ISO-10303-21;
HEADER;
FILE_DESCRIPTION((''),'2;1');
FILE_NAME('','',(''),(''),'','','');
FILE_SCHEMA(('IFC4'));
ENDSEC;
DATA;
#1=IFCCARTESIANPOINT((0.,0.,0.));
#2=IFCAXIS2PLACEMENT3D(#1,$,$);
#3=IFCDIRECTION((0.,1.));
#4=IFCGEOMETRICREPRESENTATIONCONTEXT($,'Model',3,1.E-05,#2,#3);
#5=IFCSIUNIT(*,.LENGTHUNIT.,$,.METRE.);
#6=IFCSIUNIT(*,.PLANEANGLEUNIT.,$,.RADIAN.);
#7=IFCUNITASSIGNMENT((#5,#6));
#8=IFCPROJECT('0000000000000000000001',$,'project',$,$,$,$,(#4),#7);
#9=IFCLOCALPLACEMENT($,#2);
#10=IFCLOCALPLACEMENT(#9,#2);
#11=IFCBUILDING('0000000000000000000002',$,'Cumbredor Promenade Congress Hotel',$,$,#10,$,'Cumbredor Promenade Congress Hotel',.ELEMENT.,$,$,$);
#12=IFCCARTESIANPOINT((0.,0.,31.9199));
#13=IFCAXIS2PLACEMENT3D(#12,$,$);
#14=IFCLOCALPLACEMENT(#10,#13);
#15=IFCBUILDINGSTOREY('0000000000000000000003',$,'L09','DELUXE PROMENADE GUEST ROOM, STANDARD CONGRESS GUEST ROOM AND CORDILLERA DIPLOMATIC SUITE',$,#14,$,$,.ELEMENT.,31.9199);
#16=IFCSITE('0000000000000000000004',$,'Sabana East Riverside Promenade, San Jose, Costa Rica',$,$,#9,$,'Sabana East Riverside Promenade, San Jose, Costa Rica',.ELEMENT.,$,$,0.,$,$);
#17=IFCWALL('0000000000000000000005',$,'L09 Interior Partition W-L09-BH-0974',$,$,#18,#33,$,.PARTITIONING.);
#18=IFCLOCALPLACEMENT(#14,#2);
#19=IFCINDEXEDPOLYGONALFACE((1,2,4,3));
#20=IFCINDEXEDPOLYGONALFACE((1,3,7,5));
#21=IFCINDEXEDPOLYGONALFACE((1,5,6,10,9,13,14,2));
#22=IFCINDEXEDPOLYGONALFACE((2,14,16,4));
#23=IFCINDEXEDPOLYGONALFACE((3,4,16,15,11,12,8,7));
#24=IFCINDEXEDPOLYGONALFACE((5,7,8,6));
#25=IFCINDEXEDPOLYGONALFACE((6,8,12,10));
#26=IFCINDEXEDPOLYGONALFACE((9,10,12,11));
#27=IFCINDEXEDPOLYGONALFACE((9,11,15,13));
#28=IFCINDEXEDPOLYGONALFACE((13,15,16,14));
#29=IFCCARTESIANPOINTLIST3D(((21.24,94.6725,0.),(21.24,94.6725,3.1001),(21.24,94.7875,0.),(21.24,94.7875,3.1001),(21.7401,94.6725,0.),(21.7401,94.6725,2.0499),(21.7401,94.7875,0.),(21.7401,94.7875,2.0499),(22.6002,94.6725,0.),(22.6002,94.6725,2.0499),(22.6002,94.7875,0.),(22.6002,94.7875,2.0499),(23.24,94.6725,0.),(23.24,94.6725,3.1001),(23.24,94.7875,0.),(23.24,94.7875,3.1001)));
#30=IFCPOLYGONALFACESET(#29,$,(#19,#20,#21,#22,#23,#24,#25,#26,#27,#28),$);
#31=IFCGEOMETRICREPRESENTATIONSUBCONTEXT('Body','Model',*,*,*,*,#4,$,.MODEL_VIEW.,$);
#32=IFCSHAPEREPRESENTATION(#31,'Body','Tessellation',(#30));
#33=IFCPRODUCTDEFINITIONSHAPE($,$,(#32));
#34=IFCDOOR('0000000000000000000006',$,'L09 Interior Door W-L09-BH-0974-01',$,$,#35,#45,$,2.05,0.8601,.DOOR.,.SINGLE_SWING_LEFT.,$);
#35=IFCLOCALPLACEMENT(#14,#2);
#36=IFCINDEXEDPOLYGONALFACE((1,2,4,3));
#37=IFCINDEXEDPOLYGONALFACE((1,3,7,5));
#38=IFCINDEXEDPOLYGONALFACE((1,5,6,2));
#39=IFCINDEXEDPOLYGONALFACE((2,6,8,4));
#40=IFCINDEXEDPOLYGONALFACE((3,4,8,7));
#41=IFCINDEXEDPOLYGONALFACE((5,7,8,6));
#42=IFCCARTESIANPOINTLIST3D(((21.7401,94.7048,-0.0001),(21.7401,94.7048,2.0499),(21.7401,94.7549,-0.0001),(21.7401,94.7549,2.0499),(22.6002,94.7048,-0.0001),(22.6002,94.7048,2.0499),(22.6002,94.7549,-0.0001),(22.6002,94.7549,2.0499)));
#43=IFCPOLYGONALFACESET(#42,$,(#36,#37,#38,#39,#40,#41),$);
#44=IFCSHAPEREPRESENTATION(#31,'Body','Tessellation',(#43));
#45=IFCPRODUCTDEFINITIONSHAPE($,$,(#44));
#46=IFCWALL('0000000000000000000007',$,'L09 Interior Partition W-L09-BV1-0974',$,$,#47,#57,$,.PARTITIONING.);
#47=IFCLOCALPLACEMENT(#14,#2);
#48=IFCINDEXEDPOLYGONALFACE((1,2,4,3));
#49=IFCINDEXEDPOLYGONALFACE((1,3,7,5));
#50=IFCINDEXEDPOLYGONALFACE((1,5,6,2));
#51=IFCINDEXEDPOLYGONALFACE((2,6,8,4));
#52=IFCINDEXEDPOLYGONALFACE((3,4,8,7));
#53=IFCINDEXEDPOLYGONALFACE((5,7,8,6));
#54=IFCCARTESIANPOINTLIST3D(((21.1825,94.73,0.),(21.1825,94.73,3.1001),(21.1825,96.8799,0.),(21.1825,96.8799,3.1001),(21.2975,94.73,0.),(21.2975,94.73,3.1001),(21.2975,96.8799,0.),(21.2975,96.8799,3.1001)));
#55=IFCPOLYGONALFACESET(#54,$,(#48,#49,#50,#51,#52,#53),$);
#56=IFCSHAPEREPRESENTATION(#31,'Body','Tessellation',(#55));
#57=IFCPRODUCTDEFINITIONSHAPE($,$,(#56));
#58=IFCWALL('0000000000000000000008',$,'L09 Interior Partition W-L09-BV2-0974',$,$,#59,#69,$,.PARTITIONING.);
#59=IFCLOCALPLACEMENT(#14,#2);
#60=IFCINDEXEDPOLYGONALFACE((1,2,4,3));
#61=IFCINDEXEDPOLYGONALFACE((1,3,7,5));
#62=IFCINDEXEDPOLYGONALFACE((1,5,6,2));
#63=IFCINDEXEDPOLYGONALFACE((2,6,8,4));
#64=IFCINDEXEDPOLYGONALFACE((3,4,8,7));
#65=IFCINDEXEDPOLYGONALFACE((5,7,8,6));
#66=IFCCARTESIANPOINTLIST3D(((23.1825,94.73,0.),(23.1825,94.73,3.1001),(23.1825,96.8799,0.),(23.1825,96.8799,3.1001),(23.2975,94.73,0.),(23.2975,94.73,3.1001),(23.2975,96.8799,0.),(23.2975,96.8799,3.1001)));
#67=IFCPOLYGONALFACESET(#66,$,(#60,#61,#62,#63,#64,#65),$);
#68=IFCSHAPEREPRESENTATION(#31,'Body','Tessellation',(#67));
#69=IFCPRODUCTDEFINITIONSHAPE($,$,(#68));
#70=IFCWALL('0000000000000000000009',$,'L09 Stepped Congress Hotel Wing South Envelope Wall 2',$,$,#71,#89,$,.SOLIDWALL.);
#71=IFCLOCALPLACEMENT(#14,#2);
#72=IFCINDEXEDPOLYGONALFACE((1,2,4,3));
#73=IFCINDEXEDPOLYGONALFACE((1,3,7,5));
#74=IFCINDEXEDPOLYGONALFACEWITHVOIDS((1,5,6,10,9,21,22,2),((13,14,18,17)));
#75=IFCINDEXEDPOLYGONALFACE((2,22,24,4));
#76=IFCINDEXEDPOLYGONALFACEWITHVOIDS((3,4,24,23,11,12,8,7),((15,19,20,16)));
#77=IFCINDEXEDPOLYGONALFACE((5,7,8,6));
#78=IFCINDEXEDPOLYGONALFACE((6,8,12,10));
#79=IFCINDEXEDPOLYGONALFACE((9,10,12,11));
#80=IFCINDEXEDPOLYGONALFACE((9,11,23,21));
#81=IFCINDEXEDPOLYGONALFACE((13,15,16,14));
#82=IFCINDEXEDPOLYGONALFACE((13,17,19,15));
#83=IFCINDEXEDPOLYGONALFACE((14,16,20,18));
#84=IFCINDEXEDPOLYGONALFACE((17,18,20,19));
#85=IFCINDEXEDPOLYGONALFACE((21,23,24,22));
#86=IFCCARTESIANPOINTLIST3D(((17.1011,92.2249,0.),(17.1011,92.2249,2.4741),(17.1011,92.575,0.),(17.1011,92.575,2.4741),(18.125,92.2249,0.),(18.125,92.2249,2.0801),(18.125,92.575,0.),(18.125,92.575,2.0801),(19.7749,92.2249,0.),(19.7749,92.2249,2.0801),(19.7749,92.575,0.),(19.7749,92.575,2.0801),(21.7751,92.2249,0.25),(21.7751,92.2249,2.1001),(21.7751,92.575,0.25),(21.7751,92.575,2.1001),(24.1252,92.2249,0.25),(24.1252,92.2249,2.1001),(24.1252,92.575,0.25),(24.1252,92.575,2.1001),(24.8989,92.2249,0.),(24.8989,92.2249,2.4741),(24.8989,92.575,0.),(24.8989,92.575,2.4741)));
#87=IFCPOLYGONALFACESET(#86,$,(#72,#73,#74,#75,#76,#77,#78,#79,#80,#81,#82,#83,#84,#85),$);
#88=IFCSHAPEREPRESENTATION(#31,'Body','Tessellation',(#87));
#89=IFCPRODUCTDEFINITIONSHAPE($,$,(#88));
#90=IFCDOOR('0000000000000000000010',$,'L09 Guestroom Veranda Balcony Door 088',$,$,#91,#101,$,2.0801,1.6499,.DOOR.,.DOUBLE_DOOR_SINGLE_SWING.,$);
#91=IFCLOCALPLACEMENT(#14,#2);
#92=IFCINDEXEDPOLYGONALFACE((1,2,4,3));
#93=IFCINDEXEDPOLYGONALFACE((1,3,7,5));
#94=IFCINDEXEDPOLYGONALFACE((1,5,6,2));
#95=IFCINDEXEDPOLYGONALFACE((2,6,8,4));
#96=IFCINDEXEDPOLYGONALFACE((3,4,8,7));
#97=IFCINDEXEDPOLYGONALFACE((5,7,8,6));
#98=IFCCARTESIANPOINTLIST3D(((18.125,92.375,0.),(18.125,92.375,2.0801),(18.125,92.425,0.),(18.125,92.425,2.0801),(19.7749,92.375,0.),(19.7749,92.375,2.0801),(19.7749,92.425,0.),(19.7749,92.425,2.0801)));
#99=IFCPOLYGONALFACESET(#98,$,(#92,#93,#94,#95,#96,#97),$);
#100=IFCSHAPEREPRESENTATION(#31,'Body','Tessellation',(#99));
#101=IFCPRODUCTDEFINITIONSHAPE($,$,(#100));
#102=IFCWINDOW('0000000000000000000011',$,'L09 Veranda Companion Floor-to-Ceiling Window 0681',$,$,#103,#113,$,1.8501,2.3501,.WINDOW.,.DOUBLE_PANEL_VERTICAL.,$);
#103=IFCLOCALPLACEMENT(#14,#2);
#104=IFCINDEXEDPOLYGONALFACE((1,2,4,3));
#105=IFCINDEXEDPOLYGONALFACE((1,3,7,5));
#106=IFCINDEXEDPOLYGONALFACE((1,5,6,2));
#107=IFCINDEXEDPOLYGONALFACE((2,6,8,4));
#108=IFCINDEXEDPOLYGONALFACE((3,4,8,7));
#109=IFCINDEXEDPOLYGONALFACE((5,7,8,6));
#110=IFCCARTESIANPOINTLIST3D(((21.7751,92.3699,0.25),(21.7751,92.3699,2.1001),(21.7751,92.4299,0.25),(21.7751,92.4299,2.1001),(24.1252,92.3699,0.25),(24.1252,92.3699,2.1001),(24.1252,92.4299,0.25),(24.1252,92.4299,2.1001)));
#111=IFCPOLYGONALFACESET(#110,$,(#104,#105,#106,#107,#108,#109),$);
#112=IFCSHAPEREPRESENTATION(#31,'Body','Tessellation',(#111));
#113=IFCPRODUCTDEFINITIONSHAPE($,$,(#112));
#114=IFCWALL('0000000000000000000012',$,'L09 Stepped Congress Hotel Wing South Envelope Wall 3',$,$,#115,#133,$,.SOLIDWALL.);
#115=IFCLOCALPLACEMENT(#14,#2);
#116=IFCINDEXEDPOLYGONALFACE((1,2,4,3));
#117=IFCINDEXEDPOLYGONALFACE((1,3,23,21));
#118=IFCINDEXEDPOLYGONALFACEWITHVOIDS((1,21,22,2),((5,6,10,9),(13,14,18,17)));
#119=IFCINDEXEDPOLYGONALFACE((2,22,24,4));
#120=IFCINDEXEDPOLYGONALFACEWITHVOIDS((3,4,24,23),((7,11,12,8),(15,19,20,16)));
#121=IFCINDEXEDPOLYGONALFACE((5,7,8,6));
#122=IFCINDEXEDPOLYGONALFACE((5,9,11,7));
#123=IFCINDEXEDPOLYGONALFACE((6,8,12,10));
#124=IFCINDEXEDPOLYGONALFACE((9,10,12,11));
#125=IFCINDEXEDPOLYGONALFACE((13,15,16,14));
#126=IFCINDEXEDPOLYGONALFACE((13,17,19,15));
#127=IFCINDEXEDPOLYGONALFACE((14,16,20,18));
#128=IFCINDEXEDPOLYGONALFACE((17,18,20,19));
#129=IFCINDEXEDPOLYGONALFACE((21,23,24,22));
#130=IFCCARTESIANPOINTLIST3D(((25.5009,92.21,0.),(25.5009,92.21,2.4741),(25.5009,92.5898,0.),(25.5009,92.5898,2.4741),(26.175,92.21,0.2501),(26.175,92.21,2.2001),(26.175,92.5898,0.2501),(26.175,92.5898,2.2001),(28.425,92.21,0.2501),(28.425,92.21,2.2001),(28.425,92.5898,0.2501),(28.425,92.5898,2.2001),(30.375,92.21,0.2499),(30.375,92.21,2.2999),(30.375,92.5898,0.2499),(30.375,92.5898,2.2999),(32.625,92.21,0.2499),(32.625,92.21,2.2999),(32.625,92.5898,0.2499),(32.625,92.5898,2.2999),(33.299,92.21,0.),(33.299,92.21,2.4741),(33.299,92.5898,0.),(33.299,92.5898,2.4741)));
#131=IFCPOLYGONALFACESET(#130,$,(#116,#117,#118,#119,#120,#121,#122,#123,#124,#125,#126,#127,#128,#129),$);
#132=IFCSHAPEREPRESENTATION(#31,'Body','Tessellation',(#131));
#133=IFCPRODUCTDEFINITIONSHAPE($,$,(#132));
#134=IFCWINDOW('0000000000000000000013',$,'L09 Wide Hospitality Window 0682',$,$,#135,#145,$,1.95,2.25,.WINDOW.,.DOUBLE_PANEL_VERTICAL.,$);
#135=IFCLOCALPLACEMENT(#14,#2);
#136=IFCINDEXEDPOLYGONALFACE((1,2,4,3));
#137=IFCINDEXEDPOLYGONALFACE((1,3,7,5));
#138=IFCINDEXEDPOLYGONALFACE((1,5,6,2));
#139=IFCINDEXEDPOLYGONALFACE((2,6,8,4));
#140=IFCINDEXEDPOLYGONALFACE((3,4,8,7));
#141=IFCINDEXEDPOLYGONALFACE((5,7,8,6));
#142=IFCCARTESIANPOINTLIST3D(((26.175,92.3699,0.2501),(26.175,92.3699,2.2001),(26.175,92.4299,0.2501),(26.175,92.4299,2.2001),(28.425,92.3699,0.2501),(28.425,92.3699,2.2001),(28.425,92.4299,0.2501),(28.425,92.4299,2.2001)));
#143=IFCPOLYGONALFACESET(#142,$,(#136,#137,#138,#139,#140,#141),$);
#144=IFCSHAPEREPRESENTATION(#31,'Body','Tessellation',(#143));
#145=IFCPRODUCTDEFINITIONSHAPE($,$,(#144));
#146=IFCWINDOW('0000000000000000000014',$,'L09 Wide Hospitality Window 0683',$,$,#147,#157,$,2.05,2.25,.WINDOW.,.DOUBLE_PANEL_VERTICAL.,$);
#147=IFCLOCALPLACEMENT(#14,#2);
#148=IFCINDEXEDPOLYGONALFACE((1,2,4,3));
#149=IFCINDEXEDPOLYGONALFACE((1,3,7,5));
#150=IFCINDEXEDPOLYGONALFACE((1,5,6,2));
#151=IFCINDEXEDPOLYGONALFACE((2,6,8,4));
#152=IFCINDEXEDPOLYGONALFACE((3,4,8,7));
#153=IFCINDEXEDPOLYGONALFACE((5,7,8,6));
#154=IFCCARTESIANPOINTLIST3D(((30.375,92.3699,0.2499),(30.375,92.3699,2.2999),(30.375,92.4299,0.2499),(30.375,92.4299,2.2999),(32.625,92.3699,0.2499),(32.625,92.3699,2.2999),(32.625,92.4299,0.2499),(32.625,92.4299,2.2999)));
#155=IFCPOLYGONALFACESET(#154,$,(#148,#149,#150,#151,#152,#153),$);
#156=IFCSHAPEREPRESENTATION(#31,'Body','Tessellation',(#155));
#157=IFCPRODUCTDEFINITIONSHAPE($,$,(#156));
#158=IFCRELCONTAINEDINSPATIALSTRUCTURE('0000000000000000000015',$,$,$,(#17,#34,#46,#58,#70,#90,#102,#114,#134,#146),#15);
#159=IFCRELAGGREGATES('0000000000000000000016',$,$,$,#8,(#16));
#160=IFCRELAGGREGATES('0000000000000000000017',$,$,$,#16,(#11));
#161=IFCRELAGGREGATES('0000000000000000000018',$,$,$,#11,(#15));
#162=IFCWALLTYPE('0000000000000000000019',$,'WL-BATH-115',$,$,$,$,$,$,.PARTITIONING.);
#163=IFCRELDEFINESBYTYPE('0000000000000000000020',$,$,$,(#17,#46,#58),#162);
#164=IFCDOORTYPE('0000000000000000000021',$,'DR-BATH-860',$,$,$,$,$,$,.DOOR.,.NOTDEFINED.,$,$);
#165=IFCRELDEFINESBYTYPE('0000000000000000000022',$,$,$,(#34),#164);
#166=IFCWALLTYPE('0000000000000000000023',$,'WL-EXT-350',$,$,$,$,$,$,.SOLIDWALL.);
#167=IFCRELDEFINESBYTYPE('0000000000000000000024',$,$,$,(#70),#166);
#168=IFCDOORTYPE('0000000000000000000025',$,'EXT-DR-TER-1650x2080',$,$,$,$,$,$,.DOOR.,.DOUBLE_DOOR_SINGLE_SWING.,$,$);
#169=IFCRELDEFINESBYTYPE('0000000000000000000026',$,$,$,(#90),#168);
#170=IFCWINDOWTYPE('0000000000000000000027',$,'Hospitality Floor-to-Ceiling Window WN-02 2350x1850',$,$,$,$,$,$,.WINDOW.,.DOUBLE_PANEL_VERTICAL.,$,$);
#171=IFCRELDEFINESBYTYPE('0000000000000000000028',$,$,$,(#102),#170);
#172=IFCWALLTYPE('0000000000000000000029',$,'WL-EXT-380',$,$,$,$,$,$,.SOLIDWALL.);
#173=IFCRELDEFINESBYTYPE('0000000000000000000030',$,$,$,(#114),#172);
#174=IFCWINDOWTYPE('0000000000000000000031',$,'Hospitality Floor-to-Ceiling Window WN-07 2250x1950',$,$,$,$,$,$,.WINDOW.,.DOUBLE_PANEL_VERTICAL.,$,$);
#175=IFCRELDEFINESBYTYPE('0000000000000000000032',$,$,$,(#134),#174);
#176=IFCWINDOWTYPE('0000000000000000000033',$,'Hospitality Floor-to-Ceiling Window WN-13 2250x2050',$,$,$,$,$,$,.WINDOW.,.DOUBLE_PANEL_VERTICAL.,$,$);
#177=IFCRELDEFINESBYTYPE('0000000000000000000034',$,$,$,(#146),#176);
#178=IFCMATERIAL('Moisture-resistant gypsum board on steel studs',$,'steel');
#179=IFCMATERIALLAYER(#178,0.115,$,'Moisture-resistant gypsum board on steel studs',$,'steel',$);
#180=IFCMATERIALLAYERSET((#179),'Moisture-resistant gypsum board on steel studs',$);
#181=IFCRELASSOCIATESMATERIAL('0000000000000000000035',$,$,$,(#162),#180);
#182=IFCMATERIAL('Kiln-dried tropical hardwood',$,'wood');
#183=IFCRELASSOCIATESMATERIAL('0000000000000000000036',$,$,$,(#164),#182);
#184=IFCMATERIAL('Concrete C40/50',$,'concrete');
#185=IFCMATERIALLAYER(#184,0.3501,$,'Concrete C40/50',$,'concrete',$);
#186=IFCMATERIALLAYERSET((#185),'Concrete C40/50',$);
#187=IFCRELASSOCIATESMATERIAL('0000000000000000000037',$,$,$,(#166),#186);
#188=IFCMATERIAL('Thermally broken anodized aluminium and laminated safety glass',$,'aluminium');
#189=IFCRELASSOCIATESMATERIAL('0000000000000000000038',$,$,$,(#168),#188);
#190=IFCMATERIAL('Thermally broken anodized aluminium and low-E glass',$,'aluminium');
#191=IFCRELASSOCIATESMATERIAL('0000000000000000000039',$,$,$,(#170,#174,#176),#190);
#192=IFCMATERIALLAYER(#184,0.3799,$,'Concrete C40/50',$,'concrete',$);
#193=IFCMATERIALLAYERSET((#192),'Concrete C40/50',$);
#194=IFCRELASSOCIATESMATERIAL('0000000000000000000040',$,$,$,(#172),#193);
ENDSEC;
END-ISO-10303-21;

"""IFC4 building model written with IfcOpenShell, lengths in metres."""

from ifc_helpers import new_model, si_unit, direction, frame, frame_2d, origin, place, context, subcontext, project, spatial, rectangle, extrude, material, layer, layer_set, type_object, element, fill, save


model = new_model("IFC4")

# Units and contexts
model_context = context("Model", 3, precision=1e-05, world=origin(), true_north=direction((0.0, 1.0)))
body_context = subcontext(model_context, "Body", "Model", "MODEL_VIEW")
ifc_project = project(units=[si_unit("LENGTHUNIT", "METRE"), si_unit("PLANEANGLEUNIT", "RADIAN")], contexts=[model_context])

# Site, building, storey
site_placement = place(None, origin())
site = spatial("IfcSite", under=ifc_project, at=site_placement, Name="Sabana East Riverside Promenade, San Jose, Costa Rica", LongName="Sabana East Riverside Promenade, San Jose, Costa Rica", CompositionType="ELEMENT", RefElevation=0.0)
building_placement = place(site_placement, origin())
building = spatial("IfcBuilding", under=site, at=building_placement, Name="Cumbredor Promenade Congress Hotel", LongName="Cumbredor Promenade Congress Hotel", CompositionType="ELEMENT")
storey_placement = place(building_placement, frame((0.0, 0.0, 31.9199)))
storey = spatial("IfcBuildingStorey", under=building, at=storey_placement, Name="L09", Description="DELUXE PROMENADE GUEST ROOM, STANDARD CONGRESS GUEST ROOM AND CORDILLERA DIPLOMATIC SUITE", CompositionType="ELEMENT", Elevation=31.9199)

# Shared definitions
ifc_material_1 = material(Name="Concrete C40/50", Category="concrete")

# Shared definitions
ifc_material_2 = material(Name="Moisture-resistant gypsum board on steel studs", Category="steel")
ifc_layer_1 = layer(ifc_material_2, 0.115, Name="Moisture-resistant gypsum board on steel studs", Category="steel")
ifc_layer_set_1 = layer_set([ifc_layer_1], Name="Moisture-resistant gypsum board on steel studs")
wall_type_1 = type_object("IfcWallType", Name="WL-BATH-115", PredefinedType="PARTITIONING", material=ifc_layer_set_1)
ifc_material_3 = material(Name="Kiln-dried tropical hardwood", Category="wood")
door_type_1 = type_object("IfcDoorType", Name="DR-BATH-860", OperationType="NOTDEFINED", PredefinedType="DOOR", material=ifc_material_3)

# Wall, opening, door
wall_1_placement = place(storey_placement, frame((21.24, 94.73, 0.0), z_axis=(0.0, 0.0, 1.0), x_axis=(1.0, 0.0, 0.0)))
wall_1 = element("IfcWall", 1, at=wall_1_placement, inside=storey, type_object=wall_type_1, Name="L09 Interior Partition W-L09-BH-0974", PredefinedType="PARTITIONING", context=body_context, shape_type="SweptSolid", body=[
    extrude(rectangle(XDim=2.0, YDim=0.115, at=frame_2d((1.0, 0.0))), origin(), (0.0, 0.0, 1.0), 3.1001),
])
opening_1_placement = place(wall_1_placement, frame((0.5, 0.0, 0.0)))
opening_1 = element("IfcOpeningElement", 2, at=opening_1_placement, cuts=wall_1, PredefinedType="OPENING", context=body_context, shape_type="SweptSolid", body=[
    extrude(rectangle(XDim=0.8601, YDim=2.05, at=frame_2d((0.4302, 1.0249))), frame((0.0, 0.0674, 0.0), z_axis=(0.0, -1.0, 0.0), x_axis=(1.0, 0.0, 0.0)), (0.0, 0.0, 1.0), 0.135),
])
door_1_placement = place(opening_1_placement, origin())
door_1 = element("IfcDoor", 3, at=door_1_placement, inside=storey, type_object=door_type_1, Name="L09 Interior Door W-L09-BH-0974-01", OperationType="SINGLE_SWING_LEFT", OverallHeight=2.05, OverallWidth=0.8601, PredefinedType="DOOR", context=body_context, shape_type="SweptSolid", body=[
    extrude(rectangle(XDim=0.8601, YDim=2.05, at=frame_2d((0.4302, 1.0249))), frame((0.0, 0.0249, 0.0), z_axis=(0.0, -1.0, 0.0), x_axis=(1.0, 0.0, 0.0)), (0.0, 0.0, 1.0), 0.05),
])
fill(opening_1, door_1)

# Walls
for number, where, z_axis, x_axis, name in (
    (4, (21.24, 94.73, 0.0), (0.0, 0.0, 1.0), (0.0, 1.0, 0.0), "L09 Interior Partition W-L09-BV1-0974"),
    (5, (23.24, 94.73, 0.0), (0.0, 0.0, 1.0), (0.0, 1.0, 0.0), "L09 Interior Partition W-L09-BV2-0974"),
):
    element("IfcWall", number, at=place(storey_placement, frame(where, z_axis=z_axis, x_axis=x_axis)), inside=storey, type_object=wall_type_1, Name=name, PredefinedType="PARTITIONING", context=body_context, shape_type="SweptSolid", body=[
        extrude(rectangle(XDim=2.1499, YDim=0.115, at=frame_2d((1.075, 0.0))), origin(), (0.0, 0.0, 1.0), 3.1001),
    ])

# Wall, openings, door, window
ifc_layer_2 = layer(ifc_material_1, 0.3501, Name="Concrete C40/50", Category="concrete")
ifc_layer_set_2 = layer_set([ifc_layer_2], Name="Concrete C40/50")
wall_type_2 = type_object("IfcWallType", Name="WL-EXT-350", PredefinedType="SOLIDWALL", material=ifc_layer_set_2)
wall_2_placement = place(storey_placement, frame((17.1011, 92.3999, 0.0), z_axis=(0.0, 0.0, 1.0), x_axis=(1.0, 0.0, 0.0)))
wall_2 = element("IfcWall", 6, at=wall_2_placement, inside=storey, type_object=wall_type_2, Name="L09 Stepped Congress Hotel Wing South Envelope Wall 2", PredefinedType="SOLIDWALL", context=body_context, shape_type="SweptSolid", body=[
    extrude(rectangle(XDim=7.7979, YDim=0.3501, at=frame_2d((3.8989, 0.0))), origin(), (0.0, 0.0, 1.0), 2.4741),
])
opening_2_placement = place(wall_2_placement, frame((1.0239, 0.0, 0.0)))
opening_2 = element("IfcOpeningElement", 7, at=opening_2_placement, cuts=wall_2, PredefinedType="OPENING", context=body_context, shape_type="SweptSolid", body=[
    extrude(rectangle(XDim=1.6499, YDim=2.0801, at=frame_2d((0.825, 1.04))), frame((0.0, 0.1851, 0.0), z_axis=(0.0, -1.0, 0.0), x_axis=(1.0, 0.0, 0.0)), (0.0, 0.0, 1.0), 0.3701),
])
opening_3_placement = place(wall_2_placement, frame((4.6741, 0.0, 0.25)))
opening_3 = element("IfcOpeningElement", 8, at=opening_3_placement, cuts=wall_2, PredefinedType="OPENING", context=body_context, shape_type="SweptSolid", body=[
    extrude(rectangle(XDim=2.3501, YDim=1.8501, at=frame_2d((1.175, 0.925))), frame((0.0, 0.1851, 0.0), z_axis=(0.0, -1.0, 0.0), x_axis=(1.0, 0.0, 0.0)), (0.0, 0.0, 1.0), 0.3701),
])
ifc_material_4 = material(Name="Thermally broken anodized aluminium and laminated safety glass", Category="aluminium")
door_type_2 = type_object("IfcDoorType", Name="EXT-DR-TER-1650x2080", OperationType="DOUBLE_DOOR_SINGLE_SWING", PredefinedType="DOOR", material=ifc_material_4)
door_2_placement = place(opening_2_placement, frame((1.6499, 0.0, 0.0), z_axis=(0.0, 0.0, 1.0), x_axis=(-1.0, 0.0, 0.0)))
door_2 = element("IfcDoor", 9, at=door_2_placement, inside=storey, type_object=door_type_2, Name="L09 Guestroom Veranda Balcony Door 088", OperationType="DOUBLE_DOOR_SINGLE_SWING", OverallHeight=2.0801, OverallWidth=1.6499, PredefinedType="DOOR", context=body_context, shape_type="SweptSolid", body=[
    extrude(rectangle(XDim=1.6499, YDim=2.0801, at=frame_2d((0.825, 1.04))), frame((0.0, 0.0249, 0.0), z_axis=(0.0, -1.0, 0.0), x_axis=(1.0, 0.0, 0.0)), (0.0, 0.0, 1.0), 0.05),
])
fill(opening_2, door_2)
ifc_material_5 = material(Name="Thermally broken anodized aluminium and low-E glass", Category="aluminium")
window_type_1 = type_object("IfcWindowType", Name="Hospitality Floor-to-Ceiling Window WN-02 2350x1850", PartitioningType="DOUBLE_PANEL_VERTICAL", PredefinedType="WINDOW", material=ifc_material_5)
window_1_placement = place(opening_3_placement, origin())
window_1 = element("IfcWindow", 10, at=window_1_placement, inside=storey, type_object=window_type_1, Name="L09 Veranda Companion Floor-to-Ceiling Window 0681", OverallHeight=1.8501, OverallWidth=2.3501, PartitioningType="DOUBLE_PANEL_VERTICAL", PredefinedType="WINDOW", context=body_context, shape_type="SweptSolid", body=[
    extrude(rectangle(XDim=2.3501, YDim=1.8501, at=frame_2d((1.175, 0.925))), frame((0.0, 0.03, 0.0), z_axis=(0.0, -1.0, 0.0), x_axis=(1.0, 0.0, 0.0)), (0.0, 0.0, 1.0), 0.0601),
])
fill(opening_3, window_1)

# Wall, openings, windows
ifc_layer_3 = layer(ifc_material_1, 0.3799, Name="Concrete C40/50", Category="concrete")
ifc_layer_set_3 = layer_set([ifc_layer_3], Name="Concrete C40/50")
wall_type_3 = type_object("IfcWallType", Name="WL-EXT-380", PredefinedType="SOLIDWALL", material=ifc_layer_set_3)
wall_3_placement = place(storey_placement, frame((25.501, 92.3999, 0.0), z_axis=(0.0, 0.0, 1.0), x_axis=(1.0, 0.0, 0.0)))
wall_3 = element("IfcWall", 11, at=wall_3_placement, inside=storey, type_object=wall_type_3, Name="L09 Stepped Congress Hotel Wing South Envelope Wall 3", PredefinedType="SOLIDWALL", context=body_context, shape_type="SweptSolid", body=[
    extrude(rectangle(XDim=7.7981, YDim=0.3799, at=frame_2d((3.8989, 0.0))), origin(), (0.0, 0.0, 1.0), 2.4741),
])
opening_4_placement = place(wall_3_placement, frame((0.6741, 0.0, 0.25)))
opening_4 = element("IfcOpeningElement", 12, at=opening_4_placement, cuts=wall_3, PredefinedType="OPENING", context=body_context, shape_type="SweptSolid", body=[
    extrude(rectangle(XDim=2.25, YDim=1.95, at=frame_2d((1.125, 0.9751))), frame((0.0, 0.2, 0.0), z_axis=(0.0, -1.0, 0.0), x_axis=(1.0, 0.0, 0.0)), (0.0, 0.0, 1.0), 0.3999),
])
opening_5_placement = place(wall_3_placement, frame((4.874, 0.0, 0.25)))
opening_5 = element("IfcOpeningElement", 13, at=opening_5_placement, cuts=wall_3, PredefinedType="OPENING", context=body_context, shape_type="SweptSolid", body=[
    extrude(rectangle(XDim=2.25, YDim=2.05, at=frame_2d((1.125, 1.0249))), frame((0.0, 0.2, 0.0), z_axis=(0.0, -1.0, 0.0), x_axis=(1.0, 0.0, 0.0)), (0.0, 0.0, 1.0), 0.3999),
])
window_type_2 = type_object("IfcWindowType", Name="Hospitality Floor-to-Ceiling Window WN-07 2250x1950", PartitioningType="DOUBLE_PANEL_VERTICAL", PredefinedType="WINDOW", material=ifc_material_5)
window_2_placement = place(opening_4_placement, origin())
window_2 = element("IfcWindow", 14, at=window_2_placement, inside=storey, type_object=window_type_2, Name="L09 Wide Hospitality Window 0682", OverallHeight=1.95, OverallWidth=2.25, PartitioningType="DOUBLE_PANEL_VERTICAL", PredefinedType="WINDOW", context=body_context, shape_type="SweptSolid", body=[
    extrude(rectangle(XDim=2.25, YDim=1.95, at=frame_2d((1.125, 0.9751))), frame((0.0, 0.03, 0.0), z_axis=(0.0, -1.0, 0.0), x_axis=(1.0, 0.0, 0.0)), (0.0, 0.0, 1.0), 0.0601),
])
fill(opening_4, window_2)
window_type_3 = type_object("IfcWindowType", Name="Hospitality Floor-to-Ceiling Window WN-13 2250x2050", PartitioningType="DOUBLE_PANEL_VERTICAL", PredefinedType="WINDOW", material=ifc_material_5)
window_3_placement = place(opening_5_placement, origin())
window_3 = element("IfcWindow", 15, at=window_3_placement, inside=storey, type_object=window_type_3, Name="L09 Wide Hospitality Window 0683", OverallHeight=2.05, OverallWidth=2.25, PartitioningType="DOUBLE_PANEL_VERTICAL", PredefinedType="WINDOW", context=body_context, shape_type="SweptSolid", body=[
    extrude(rectangle(XDim=2.25, YDim=2.05, at=frame_2d((1.125, 1.0249))), frame((0.0, 0.03, 0.0), z_axis=(0.0, -1.0, 0.0), x_axis=(1.0, 0.0, 0.0)), (0.0, 0.0, 1.0), 0.0601),
])
fill(opening_5, window_3)

save(model, "model.ifc")
